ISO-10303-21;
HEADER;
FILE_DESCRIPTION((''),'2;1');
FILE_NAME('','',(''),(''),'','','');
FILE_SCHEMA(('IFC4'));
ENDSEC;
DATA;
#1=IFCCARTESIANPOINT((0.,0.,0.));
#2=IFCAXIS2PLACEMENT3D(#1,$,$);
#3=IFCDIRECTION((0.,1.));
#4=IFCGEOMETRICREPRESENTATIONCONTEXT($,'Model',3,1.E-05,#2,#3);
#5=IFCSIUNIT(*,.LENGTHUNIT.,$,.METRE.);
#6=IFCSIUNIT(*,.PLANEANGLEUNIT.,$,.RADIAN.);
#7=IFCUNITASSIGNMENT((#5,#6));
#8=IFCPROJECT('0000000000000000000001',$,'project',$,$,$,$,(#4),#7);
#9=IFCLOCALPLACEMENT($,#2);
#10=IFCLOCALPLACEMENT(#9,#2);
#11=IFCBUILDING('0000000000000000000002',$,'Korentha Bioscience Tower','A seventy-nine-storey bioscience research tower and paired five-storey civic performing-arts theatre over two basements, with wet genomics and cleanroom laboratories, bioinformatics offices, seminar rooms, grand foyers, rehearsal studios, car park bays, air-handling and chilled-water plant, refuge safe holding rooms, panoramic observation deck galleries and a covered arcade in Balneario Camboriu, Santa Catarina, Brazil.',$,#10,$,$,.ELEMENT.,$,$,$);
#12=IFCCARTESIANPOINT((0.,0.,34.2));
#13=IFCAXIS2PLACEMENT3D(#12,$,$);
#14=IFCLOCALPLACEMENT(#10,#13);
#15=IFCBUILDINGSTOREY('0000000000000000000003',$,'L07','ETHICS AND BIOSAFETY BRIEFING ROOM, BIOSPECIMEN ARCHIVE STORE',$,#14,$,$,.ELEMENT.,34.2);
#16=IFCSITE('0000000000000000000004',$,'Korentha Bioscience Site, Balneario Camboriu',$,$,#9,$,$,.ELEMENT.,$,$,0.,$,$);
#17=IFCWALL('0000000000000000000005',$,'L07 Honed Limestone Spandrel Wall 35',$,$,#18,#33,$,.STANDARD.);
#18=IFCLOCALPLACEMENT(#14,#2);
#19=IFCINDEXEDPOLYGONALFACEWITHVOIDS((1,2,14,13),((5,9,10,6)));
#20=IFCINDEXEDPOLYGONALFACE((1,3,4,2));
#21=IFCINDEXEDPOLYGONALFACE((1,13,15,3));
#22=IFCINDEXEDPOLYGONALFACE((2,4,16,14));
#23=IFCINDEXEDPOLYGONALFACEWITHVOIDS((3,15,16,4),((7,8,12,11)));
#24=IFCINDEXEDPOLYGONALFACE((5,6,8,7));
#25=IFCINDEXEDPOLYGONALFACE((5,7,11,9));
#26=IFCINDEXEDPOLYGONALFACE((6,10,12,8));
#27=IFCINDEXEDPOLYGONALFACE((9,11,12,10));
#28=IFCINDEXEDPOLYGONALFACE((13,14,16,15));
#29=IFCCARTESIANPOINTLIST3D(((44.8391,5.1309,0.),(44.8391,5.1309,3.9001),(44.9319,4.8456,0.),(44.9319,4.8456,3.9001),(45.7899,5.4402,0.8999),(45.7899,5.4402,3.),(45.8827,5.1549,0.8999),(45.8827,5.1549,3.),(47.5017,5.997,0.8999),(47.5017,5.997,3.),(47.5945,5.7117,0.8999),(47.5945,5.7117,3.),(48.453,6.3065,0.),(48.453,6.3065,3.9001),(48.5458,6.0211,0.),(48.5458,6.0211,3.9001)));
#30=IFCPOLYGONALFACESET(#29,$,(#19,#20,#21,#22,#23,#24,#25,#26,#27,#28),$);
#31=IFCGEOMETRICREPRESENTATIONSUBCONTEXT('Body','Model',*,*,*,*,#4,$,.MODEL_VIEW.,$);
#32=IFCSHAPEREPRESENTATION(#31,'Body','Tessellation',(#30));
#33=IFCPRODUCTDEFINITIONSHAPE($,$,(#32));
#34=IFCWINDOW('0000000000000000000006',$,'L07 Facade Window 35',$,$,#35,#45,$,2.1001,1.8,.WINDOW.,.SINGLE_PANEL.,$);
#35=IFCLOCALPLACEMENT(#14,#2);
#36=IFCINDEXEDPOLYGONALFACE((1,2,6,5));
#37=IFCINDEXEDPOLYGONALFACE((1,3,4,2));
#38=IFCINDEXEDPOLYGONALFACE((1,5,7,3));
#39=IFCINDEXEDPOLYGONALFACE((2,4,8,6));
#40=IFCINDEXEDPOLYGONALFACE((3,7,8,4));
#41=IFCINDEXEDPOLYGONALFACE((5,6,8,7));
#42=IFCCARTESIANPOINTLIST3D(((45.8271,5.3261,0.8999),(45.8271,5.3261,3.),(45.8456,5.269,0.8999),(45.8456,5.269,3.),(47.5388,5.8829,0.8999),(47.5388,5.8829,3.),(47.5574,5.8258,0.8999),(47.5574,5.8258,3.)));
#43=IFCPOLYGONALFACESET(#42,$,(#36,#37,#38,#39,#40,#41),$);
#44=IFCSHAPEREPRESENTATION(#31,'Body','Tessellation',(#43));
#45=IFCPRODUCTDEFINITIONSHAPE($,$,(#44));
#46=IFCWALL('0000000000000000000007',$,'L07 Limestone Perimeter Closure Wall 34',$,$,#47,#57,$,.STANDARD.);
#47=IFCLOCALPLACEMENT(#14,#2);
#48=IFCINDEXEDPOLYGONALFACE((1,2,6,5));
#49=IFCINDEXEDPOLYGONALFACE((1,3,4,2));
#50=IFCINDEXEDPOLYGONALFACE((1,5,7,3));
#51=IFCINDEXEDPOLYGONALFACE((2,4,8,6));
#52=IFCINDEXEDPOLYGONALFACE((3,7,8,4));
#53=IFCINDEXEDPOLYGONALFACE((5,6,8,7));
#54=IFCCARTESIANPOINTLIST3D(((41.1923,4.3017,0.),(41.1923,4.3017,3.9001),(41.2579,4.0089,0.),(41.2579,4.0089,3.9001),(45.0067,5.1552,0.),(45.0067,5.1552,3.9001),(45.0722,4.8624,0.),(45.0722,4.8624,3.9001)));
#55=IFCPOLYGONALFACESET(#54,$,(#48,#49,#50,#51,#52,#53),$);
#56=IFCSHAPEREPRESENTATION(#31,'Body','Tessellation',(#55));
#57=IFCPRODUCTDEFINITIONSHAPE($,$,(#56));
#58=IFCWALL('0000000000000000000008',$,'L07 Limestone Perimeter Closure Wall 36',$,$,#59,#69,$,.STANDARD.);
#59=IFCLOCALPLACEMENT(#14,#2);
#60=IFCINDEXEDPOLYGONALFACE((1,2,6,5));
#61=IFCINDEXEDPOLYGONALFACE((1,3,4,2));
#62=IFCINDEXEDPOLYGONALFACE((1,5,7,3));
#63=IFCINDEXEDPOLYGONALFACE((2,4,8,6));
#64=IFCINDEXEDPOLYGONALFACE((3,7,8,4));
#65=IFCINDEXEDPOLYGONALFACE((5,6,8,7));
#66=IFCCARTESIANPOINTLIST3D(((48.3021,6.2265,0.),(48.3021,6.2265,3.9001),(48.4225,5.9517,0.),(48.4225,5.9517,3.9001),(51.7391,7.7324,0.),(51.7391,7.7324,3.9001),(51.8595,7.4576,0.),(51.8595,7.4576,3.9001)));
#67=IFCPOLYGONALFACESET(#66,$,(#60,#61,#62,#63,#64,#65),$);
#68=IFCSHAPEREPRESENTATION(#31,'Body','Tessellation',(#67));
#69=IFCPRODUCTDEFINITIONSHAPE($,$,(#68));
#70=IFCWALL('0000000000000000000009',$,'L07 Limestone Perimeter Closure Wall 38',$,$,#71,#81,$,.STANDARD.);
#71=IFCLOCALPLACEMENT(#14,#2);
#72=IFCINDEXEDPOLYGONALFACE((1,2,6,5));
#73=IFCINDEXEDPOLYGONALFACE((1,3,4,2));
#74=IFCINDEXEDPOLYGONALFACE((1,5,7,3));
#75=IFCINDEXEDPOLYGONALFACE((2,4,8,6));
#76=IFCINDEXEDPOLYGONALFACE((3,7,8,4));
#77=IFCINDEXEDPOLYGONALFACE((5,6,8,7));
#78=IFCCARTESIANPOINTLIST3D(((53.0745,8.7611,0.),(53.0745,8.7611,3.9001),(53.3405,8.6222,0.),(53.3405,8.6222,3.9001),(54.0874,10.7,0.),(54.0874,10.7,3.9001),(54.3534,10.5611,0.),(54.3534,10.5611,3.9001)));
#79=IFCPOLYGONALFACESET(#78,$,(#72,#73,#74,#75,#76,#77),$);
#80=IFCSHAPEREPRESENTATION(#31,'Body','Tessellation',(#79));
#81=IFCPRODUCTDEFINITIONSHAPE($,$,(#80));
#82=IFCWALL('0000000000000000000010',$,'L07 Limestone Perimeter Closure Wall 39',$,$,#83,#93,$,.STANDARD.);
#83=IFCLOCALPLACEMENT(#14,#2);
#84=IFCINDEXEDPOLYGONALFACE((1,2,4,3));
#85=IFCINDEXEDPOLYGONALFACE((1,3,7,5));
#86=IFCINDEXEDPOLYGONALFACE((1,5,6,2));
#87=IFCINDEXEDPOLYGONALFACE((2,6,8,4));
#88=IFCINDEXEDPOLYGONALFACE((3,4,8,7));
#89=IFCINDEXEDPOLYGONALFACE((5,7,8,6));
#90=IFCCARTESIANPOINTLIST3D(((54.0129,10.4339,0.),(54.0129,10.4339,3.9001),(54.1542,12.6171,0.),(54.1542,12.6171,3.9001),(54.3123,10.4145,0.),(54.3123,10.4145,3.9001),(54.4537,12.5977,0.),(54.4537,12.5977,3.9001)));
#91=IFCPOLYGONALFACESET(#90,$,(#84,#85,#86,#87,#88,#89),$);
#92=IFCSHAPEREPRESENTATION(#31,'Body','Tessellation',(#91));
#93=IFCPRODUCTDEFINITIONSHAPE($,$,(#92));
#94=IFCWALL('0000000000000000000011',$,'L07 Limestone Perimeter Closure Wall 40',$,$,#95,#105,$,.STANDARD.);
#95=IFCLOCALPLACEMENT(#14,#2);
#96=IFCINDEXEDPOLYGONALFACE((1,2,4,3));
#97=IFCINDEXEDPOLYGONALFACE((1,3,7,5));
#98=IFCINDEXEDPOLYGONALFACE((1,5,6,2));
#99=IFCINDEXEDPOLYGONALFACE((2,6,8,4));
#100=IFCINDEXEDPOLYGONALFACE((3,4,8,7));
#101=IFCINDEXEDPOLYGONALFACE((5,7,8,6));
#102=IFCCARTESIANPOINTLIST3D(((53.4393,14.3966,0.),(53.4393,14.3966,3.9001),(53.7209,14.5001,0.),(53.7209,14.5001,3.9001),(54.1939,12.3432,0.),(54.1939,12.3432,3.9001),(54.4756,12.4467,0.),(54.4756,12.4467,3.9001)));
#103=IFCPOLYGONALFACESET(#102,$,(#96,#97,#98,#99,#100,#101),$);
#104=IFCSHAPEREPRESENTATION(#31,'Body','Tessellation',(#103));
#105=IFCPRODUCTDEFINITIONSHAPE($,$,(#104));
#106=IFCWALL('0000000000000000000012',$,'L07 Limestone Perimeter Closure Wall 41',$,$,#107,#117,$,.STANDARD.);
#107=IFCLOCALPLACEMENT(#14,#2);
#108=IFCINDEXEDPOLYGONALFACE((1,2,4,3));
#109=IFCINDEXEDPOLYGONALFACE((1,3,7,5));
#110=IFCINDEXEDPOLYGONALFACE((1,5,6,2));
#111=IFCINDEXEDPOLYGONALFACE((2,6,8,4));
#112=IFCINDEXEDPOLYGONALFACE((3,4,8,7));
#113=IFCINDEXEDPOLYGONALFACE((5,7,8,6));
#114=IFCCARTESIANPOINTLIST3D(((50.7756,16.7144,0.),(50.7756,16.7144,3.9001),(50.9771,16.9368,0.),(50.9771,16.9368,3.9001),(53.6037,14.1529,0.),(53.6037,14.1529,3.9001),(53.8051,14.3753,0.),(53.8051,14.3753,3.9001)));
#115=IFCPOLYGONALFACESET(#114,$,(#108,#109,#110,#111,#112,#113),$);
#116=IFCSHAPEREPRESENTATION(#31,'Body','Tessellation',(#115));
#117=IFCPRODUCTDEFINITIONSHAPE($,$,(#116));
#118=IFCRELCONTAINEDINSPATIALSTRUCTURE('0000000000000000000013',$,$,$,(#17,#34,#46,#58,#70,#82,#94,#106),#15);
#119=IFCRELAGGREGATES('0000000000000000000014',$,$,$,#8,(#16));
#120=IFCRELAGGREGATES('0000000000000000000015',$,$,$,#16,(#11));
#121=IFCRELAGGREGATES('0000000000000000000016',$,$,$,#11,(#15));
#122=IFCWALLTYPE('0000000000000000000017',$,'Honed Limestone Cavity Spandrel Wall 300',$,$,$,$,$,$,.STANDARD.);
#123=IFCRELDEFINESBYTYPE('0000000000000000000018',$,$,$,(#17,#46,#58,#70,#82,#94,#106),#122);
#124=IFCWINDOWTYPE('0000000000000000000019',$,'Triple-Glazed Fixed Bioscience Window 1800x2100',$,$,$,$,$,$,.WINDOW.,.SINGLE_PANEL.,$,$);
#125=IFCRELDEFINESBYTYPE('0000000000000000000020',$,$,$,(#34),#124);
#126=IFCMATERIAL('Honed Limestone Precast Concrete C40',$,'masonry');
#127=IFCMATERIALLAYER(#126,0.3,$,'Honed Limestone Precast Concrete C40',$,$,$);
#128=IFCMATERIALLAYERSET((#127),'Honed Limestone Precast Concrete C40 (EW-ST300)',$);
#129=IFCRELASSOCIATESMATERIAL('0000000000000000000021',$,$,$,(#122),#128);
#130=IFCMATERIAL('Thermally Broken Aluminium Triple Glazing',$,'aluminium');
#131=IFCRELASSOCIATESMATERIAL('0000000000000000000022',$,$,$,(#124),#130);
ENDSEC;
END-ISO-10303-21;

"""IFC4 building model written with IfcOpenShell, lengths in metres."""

from ifc_helpers import new_model, si_unit, direction, frame, frame_2d, origin, place, context, subcontext, project, spatial, rectangle, extrude, material, layer, layer_set, type_object, element, fill, save


model = new_model("IFC4")

# Units and contexts
model_context = context("Model", 3, precision=1e-05, world=origin(), true_north=direction((0.0, 1.0)))
body_context = subcontext(model_context, "Body", "Model", "MODEL_VIEW")
ifc_project = project(units=[si_unit("LENGTHUNIT", "METRE"), si_unit("PLANEANGLEUNIT", "RADIAN")], contexts=[model_context])

# Site, building, storey
site_placement = place(None, origin())
site = spatial("IfcSite", under=ifc_project, at=site_placement, Name="Korentha Bioscience Site, Balneario Camboriu", CompositionType="ELEMENT", RefElevation=0.0)
building_placement = place(site_placement, origin())
building = spatial("IfcBuilding", under=site, at=building_placement, Name="Korentha Bioscience Tower", Description="A seventy-nine-storey bioscience research tower and paired five-storey civic performing-arts theatre over two basements, with wet genomics and cleanroom laboratories, bioinformatics offices, seminar rooms, grand foyers, rehearsal studios, car park bays, air-handling and chilled-water plant, refuge safe holding rooms, panoramic observation deck galleries and a covered arcade in Balneario Camboriu, Santa Catarina, Brazil.", CompositionType="ELEMENT")
storey_placement = place(building_placement, frame((0.0, 0.0, 34.2)))
storey = spatial("IfcBuildingStorey", under=building, at=storey_placement, Name="L07", Description="ETHICS AND BIOSAFETY BRIEFING ROOM, BIOSPECIMEN ARCHIVE STORE", CompositionType="ELEMENT", Elevation=34.2)

# Wall, opening, window
ifc_material_1 = material(Name="Honed Limestone Precast Concrete C40", Category="masonry")
ifc_layer_1 = layer(ifc_material_1, 0.3, Name="Honed Limestone Precast Concrete C40")
ifc_layer_set_1 = layer_set([ifc_layer_1], Name="Honed Limestone Precast Concrete C40 (EW-ST300)")
wall_type_1 = type_object("IfcWallType", Name="Honed Limestone Cavity Spandrel Wall 300", PredefinedType="STANDARD", material=ifc_layer_set_1)
wall_1_placement = place(storey_placement, frame((44.8855, 4.9883, 0.0), z_axis=(0.0, 0.0, 1.0), x_axis=(0.950958, 0.30932, 0.0)))
wall_1 = element("IfcWall", 1, at=wall_1_placement, inside=storey, type_object=wall_type_1, Name="L07 Honed Limestone Spandrel Wall 35", PredefinedType="STANDARD", context=body_context, shape_type="SweptSolid", body=[
    extrude(rectangle(XDim=3.8003, YDim=0.3, at=frame_2d((1.9001, 0.0))), origin(), (0.0, 0.0, 1.0), 3.9001),
])
opening_placement = place(wall_1_placement, frame((1.0, 0.0, 0.8999)))
opening = element("IfcOpeningElement", 2, at=opening_placement, cuts=wall_1, PredefinedType="OPENING", context=body_context, shape_type="SweptSolid", body=[
    extrude(rectangle(XDim=1.8, YDim=2.1001, at=frame_2d((0.8999, 1.05))), frame((0.0, 0.165, 0.0), z_axis=(0.0, -1.0, 0.0), x_axis=(1.0, 0.0, 0.0)), (0.0, 0.0, 1.0), 0.3298),
])
ifc_material_2 = material(Name="Thermally Broken Aluminium Triple Glazing", Category="aluminium")
window_type = type_object("IfcWindowType", Name="Triple-Glazed Fixed Bioscience Window 1800x2100", PartitioningType="SINGLE_PANEL", PredefinedType="WINDOW", material=ifc_material_2)
window_placement = place(opening_placement, origin())
window = element("IfcWindow", 3, at=window_placement, inside=storey, type_object=window_type, Name="L07 Facade Window 35", OverallHeight=2.1001, OverallWidth=1.8, PartitioningType="SINGLE_PANEL", PredefinedType="WINDOW", context=body_context, shape_type="SweptSolid", body=[
    extrude(rectangle(XDim=1.8, YDim=2.1001, at=frame_2d((0.8999, 1.05))), frame((0.0, 0.03, 0.0), z_axis=(0.0, -1.0, 0.0), x_axis=(1.0, 0.0, 0.0)), (0.0, 0.0, 1.0), 0.0601),
])
fill(opening, window)

# Walls
wall_2_placement = place(storey_placement, frame((41.2251, 4.1553, 0.0), z_axis=(0.0, 0.0, 1.0), x_axis=(0.975869, 0.218359, 0.0)))
element("IfcWall", 4, at=wall_2_placement, inside=storey, type_object=wall_type_1, Name="L07 Limestone Perimeter Closure Wall 34", PredefinedType="STANDARD", context=body_context, shape_type="SweptSolid", body=[
    extrude(rectangle(XDim=3.9087, YDim=0.3, at=frame_2d((1.9543, 0.0))), origin(), (0.0, 0.0, 1.0), 3.9001),
])
wall_3_placement = place(storey_placement, frame((48.3623, 6.0891, 0.0), z_axis=(0.0, 0.0, 1.0), x_axis=(0.915945, 0.401303, 0.0)))
element("IfcWall", 5, at=wall_3_placement, inside=storey, type_object=wall_type_1, Name="L07 Limestone Perimeter Closure Wall 36", PredefinedType="STANDARD", context=body_context, shape_type="SweptSolid", body=[
    extrude(rectangle(XDim=3.7524, YDim=0.3, at=frame_2d((1.8762, 0.0))), origin(), (0.0, 0.0, 1.0), 3.9001),
])
wall_4_placement = place(storey_placement, frame((53.2075, 8.6917, 0.0), z_axis=(0.0, 0.0, 1.0), x_axis=(0.463035, 0.88634, 0.0)))
element("IfcWall", 6, at=wall_4_placement, inside=storey, type_object=wall_type_1, Name="L07 Limestone Perimeter Closure Wall 38", PredefinedType="STANDARD", context=body_context, shape_type="SweptSolid", body=[
    extrude(rectangle(XDim=2.1875, YDim=0.3, at=frame_2d((1.0938, 0.0))), origin(), (0.0, 0.0, 1.0), 3.9001),
])
for number, where, z_axis, x_axis, name in (
    (7, (54.1626, 10.4243, 0.0), (0.0, 0.0, 1.0), (0.064615, 0.99791, 0.0), "L07 Limestone Perimeter Closure Wall 39"),
    (8, (54.3347, 12.395, 0.0), (0.0, 0.0, 1.0), (-0.34494, 0.938625, 0.0), "L07 Limestone Perimeter Closure Wall 40"),
):
    element("IfcWall", number, at=place(storey_placement, frame(where, z_axis=z_axis, x_axis=x_axis)), inside=storey, type_object=wall_type_1, Name=name, PredefinedType="STANDARD", context=body_context, shape_type="SweptSolid", body=[
        extrude(rectangle(XDim=2.1877, YDim=0.3, at=frame_2d((1.0938, 0.0))), origin(), (0.0, 0.0, 1.0), 3.9001),
    ])
wall_5_placement = place(storey_placement, frame((53.7043, 14.2642, 0.0), z_axis=(0.0, 0.0, 1.0), x_axis=(-0.741178, 0.671309, 0.0)))
element("IfcWall", 9, at=wall_5_placement, inside=storey, type_object=wall_type_1, Name="L07 Limestone Perimeter Closure Wall 41", PredefinedType="STANDARD", context=body_context, shape_type="SweptSolid", body=[
    extrude(rectangle(XDim=3.8157, YDim=0.3, at=frame_2d((1.9077, 0.0))), origin(), (0.0, 0.0, 1.0), 3.9001),
])

save(model, "model.ifc")
